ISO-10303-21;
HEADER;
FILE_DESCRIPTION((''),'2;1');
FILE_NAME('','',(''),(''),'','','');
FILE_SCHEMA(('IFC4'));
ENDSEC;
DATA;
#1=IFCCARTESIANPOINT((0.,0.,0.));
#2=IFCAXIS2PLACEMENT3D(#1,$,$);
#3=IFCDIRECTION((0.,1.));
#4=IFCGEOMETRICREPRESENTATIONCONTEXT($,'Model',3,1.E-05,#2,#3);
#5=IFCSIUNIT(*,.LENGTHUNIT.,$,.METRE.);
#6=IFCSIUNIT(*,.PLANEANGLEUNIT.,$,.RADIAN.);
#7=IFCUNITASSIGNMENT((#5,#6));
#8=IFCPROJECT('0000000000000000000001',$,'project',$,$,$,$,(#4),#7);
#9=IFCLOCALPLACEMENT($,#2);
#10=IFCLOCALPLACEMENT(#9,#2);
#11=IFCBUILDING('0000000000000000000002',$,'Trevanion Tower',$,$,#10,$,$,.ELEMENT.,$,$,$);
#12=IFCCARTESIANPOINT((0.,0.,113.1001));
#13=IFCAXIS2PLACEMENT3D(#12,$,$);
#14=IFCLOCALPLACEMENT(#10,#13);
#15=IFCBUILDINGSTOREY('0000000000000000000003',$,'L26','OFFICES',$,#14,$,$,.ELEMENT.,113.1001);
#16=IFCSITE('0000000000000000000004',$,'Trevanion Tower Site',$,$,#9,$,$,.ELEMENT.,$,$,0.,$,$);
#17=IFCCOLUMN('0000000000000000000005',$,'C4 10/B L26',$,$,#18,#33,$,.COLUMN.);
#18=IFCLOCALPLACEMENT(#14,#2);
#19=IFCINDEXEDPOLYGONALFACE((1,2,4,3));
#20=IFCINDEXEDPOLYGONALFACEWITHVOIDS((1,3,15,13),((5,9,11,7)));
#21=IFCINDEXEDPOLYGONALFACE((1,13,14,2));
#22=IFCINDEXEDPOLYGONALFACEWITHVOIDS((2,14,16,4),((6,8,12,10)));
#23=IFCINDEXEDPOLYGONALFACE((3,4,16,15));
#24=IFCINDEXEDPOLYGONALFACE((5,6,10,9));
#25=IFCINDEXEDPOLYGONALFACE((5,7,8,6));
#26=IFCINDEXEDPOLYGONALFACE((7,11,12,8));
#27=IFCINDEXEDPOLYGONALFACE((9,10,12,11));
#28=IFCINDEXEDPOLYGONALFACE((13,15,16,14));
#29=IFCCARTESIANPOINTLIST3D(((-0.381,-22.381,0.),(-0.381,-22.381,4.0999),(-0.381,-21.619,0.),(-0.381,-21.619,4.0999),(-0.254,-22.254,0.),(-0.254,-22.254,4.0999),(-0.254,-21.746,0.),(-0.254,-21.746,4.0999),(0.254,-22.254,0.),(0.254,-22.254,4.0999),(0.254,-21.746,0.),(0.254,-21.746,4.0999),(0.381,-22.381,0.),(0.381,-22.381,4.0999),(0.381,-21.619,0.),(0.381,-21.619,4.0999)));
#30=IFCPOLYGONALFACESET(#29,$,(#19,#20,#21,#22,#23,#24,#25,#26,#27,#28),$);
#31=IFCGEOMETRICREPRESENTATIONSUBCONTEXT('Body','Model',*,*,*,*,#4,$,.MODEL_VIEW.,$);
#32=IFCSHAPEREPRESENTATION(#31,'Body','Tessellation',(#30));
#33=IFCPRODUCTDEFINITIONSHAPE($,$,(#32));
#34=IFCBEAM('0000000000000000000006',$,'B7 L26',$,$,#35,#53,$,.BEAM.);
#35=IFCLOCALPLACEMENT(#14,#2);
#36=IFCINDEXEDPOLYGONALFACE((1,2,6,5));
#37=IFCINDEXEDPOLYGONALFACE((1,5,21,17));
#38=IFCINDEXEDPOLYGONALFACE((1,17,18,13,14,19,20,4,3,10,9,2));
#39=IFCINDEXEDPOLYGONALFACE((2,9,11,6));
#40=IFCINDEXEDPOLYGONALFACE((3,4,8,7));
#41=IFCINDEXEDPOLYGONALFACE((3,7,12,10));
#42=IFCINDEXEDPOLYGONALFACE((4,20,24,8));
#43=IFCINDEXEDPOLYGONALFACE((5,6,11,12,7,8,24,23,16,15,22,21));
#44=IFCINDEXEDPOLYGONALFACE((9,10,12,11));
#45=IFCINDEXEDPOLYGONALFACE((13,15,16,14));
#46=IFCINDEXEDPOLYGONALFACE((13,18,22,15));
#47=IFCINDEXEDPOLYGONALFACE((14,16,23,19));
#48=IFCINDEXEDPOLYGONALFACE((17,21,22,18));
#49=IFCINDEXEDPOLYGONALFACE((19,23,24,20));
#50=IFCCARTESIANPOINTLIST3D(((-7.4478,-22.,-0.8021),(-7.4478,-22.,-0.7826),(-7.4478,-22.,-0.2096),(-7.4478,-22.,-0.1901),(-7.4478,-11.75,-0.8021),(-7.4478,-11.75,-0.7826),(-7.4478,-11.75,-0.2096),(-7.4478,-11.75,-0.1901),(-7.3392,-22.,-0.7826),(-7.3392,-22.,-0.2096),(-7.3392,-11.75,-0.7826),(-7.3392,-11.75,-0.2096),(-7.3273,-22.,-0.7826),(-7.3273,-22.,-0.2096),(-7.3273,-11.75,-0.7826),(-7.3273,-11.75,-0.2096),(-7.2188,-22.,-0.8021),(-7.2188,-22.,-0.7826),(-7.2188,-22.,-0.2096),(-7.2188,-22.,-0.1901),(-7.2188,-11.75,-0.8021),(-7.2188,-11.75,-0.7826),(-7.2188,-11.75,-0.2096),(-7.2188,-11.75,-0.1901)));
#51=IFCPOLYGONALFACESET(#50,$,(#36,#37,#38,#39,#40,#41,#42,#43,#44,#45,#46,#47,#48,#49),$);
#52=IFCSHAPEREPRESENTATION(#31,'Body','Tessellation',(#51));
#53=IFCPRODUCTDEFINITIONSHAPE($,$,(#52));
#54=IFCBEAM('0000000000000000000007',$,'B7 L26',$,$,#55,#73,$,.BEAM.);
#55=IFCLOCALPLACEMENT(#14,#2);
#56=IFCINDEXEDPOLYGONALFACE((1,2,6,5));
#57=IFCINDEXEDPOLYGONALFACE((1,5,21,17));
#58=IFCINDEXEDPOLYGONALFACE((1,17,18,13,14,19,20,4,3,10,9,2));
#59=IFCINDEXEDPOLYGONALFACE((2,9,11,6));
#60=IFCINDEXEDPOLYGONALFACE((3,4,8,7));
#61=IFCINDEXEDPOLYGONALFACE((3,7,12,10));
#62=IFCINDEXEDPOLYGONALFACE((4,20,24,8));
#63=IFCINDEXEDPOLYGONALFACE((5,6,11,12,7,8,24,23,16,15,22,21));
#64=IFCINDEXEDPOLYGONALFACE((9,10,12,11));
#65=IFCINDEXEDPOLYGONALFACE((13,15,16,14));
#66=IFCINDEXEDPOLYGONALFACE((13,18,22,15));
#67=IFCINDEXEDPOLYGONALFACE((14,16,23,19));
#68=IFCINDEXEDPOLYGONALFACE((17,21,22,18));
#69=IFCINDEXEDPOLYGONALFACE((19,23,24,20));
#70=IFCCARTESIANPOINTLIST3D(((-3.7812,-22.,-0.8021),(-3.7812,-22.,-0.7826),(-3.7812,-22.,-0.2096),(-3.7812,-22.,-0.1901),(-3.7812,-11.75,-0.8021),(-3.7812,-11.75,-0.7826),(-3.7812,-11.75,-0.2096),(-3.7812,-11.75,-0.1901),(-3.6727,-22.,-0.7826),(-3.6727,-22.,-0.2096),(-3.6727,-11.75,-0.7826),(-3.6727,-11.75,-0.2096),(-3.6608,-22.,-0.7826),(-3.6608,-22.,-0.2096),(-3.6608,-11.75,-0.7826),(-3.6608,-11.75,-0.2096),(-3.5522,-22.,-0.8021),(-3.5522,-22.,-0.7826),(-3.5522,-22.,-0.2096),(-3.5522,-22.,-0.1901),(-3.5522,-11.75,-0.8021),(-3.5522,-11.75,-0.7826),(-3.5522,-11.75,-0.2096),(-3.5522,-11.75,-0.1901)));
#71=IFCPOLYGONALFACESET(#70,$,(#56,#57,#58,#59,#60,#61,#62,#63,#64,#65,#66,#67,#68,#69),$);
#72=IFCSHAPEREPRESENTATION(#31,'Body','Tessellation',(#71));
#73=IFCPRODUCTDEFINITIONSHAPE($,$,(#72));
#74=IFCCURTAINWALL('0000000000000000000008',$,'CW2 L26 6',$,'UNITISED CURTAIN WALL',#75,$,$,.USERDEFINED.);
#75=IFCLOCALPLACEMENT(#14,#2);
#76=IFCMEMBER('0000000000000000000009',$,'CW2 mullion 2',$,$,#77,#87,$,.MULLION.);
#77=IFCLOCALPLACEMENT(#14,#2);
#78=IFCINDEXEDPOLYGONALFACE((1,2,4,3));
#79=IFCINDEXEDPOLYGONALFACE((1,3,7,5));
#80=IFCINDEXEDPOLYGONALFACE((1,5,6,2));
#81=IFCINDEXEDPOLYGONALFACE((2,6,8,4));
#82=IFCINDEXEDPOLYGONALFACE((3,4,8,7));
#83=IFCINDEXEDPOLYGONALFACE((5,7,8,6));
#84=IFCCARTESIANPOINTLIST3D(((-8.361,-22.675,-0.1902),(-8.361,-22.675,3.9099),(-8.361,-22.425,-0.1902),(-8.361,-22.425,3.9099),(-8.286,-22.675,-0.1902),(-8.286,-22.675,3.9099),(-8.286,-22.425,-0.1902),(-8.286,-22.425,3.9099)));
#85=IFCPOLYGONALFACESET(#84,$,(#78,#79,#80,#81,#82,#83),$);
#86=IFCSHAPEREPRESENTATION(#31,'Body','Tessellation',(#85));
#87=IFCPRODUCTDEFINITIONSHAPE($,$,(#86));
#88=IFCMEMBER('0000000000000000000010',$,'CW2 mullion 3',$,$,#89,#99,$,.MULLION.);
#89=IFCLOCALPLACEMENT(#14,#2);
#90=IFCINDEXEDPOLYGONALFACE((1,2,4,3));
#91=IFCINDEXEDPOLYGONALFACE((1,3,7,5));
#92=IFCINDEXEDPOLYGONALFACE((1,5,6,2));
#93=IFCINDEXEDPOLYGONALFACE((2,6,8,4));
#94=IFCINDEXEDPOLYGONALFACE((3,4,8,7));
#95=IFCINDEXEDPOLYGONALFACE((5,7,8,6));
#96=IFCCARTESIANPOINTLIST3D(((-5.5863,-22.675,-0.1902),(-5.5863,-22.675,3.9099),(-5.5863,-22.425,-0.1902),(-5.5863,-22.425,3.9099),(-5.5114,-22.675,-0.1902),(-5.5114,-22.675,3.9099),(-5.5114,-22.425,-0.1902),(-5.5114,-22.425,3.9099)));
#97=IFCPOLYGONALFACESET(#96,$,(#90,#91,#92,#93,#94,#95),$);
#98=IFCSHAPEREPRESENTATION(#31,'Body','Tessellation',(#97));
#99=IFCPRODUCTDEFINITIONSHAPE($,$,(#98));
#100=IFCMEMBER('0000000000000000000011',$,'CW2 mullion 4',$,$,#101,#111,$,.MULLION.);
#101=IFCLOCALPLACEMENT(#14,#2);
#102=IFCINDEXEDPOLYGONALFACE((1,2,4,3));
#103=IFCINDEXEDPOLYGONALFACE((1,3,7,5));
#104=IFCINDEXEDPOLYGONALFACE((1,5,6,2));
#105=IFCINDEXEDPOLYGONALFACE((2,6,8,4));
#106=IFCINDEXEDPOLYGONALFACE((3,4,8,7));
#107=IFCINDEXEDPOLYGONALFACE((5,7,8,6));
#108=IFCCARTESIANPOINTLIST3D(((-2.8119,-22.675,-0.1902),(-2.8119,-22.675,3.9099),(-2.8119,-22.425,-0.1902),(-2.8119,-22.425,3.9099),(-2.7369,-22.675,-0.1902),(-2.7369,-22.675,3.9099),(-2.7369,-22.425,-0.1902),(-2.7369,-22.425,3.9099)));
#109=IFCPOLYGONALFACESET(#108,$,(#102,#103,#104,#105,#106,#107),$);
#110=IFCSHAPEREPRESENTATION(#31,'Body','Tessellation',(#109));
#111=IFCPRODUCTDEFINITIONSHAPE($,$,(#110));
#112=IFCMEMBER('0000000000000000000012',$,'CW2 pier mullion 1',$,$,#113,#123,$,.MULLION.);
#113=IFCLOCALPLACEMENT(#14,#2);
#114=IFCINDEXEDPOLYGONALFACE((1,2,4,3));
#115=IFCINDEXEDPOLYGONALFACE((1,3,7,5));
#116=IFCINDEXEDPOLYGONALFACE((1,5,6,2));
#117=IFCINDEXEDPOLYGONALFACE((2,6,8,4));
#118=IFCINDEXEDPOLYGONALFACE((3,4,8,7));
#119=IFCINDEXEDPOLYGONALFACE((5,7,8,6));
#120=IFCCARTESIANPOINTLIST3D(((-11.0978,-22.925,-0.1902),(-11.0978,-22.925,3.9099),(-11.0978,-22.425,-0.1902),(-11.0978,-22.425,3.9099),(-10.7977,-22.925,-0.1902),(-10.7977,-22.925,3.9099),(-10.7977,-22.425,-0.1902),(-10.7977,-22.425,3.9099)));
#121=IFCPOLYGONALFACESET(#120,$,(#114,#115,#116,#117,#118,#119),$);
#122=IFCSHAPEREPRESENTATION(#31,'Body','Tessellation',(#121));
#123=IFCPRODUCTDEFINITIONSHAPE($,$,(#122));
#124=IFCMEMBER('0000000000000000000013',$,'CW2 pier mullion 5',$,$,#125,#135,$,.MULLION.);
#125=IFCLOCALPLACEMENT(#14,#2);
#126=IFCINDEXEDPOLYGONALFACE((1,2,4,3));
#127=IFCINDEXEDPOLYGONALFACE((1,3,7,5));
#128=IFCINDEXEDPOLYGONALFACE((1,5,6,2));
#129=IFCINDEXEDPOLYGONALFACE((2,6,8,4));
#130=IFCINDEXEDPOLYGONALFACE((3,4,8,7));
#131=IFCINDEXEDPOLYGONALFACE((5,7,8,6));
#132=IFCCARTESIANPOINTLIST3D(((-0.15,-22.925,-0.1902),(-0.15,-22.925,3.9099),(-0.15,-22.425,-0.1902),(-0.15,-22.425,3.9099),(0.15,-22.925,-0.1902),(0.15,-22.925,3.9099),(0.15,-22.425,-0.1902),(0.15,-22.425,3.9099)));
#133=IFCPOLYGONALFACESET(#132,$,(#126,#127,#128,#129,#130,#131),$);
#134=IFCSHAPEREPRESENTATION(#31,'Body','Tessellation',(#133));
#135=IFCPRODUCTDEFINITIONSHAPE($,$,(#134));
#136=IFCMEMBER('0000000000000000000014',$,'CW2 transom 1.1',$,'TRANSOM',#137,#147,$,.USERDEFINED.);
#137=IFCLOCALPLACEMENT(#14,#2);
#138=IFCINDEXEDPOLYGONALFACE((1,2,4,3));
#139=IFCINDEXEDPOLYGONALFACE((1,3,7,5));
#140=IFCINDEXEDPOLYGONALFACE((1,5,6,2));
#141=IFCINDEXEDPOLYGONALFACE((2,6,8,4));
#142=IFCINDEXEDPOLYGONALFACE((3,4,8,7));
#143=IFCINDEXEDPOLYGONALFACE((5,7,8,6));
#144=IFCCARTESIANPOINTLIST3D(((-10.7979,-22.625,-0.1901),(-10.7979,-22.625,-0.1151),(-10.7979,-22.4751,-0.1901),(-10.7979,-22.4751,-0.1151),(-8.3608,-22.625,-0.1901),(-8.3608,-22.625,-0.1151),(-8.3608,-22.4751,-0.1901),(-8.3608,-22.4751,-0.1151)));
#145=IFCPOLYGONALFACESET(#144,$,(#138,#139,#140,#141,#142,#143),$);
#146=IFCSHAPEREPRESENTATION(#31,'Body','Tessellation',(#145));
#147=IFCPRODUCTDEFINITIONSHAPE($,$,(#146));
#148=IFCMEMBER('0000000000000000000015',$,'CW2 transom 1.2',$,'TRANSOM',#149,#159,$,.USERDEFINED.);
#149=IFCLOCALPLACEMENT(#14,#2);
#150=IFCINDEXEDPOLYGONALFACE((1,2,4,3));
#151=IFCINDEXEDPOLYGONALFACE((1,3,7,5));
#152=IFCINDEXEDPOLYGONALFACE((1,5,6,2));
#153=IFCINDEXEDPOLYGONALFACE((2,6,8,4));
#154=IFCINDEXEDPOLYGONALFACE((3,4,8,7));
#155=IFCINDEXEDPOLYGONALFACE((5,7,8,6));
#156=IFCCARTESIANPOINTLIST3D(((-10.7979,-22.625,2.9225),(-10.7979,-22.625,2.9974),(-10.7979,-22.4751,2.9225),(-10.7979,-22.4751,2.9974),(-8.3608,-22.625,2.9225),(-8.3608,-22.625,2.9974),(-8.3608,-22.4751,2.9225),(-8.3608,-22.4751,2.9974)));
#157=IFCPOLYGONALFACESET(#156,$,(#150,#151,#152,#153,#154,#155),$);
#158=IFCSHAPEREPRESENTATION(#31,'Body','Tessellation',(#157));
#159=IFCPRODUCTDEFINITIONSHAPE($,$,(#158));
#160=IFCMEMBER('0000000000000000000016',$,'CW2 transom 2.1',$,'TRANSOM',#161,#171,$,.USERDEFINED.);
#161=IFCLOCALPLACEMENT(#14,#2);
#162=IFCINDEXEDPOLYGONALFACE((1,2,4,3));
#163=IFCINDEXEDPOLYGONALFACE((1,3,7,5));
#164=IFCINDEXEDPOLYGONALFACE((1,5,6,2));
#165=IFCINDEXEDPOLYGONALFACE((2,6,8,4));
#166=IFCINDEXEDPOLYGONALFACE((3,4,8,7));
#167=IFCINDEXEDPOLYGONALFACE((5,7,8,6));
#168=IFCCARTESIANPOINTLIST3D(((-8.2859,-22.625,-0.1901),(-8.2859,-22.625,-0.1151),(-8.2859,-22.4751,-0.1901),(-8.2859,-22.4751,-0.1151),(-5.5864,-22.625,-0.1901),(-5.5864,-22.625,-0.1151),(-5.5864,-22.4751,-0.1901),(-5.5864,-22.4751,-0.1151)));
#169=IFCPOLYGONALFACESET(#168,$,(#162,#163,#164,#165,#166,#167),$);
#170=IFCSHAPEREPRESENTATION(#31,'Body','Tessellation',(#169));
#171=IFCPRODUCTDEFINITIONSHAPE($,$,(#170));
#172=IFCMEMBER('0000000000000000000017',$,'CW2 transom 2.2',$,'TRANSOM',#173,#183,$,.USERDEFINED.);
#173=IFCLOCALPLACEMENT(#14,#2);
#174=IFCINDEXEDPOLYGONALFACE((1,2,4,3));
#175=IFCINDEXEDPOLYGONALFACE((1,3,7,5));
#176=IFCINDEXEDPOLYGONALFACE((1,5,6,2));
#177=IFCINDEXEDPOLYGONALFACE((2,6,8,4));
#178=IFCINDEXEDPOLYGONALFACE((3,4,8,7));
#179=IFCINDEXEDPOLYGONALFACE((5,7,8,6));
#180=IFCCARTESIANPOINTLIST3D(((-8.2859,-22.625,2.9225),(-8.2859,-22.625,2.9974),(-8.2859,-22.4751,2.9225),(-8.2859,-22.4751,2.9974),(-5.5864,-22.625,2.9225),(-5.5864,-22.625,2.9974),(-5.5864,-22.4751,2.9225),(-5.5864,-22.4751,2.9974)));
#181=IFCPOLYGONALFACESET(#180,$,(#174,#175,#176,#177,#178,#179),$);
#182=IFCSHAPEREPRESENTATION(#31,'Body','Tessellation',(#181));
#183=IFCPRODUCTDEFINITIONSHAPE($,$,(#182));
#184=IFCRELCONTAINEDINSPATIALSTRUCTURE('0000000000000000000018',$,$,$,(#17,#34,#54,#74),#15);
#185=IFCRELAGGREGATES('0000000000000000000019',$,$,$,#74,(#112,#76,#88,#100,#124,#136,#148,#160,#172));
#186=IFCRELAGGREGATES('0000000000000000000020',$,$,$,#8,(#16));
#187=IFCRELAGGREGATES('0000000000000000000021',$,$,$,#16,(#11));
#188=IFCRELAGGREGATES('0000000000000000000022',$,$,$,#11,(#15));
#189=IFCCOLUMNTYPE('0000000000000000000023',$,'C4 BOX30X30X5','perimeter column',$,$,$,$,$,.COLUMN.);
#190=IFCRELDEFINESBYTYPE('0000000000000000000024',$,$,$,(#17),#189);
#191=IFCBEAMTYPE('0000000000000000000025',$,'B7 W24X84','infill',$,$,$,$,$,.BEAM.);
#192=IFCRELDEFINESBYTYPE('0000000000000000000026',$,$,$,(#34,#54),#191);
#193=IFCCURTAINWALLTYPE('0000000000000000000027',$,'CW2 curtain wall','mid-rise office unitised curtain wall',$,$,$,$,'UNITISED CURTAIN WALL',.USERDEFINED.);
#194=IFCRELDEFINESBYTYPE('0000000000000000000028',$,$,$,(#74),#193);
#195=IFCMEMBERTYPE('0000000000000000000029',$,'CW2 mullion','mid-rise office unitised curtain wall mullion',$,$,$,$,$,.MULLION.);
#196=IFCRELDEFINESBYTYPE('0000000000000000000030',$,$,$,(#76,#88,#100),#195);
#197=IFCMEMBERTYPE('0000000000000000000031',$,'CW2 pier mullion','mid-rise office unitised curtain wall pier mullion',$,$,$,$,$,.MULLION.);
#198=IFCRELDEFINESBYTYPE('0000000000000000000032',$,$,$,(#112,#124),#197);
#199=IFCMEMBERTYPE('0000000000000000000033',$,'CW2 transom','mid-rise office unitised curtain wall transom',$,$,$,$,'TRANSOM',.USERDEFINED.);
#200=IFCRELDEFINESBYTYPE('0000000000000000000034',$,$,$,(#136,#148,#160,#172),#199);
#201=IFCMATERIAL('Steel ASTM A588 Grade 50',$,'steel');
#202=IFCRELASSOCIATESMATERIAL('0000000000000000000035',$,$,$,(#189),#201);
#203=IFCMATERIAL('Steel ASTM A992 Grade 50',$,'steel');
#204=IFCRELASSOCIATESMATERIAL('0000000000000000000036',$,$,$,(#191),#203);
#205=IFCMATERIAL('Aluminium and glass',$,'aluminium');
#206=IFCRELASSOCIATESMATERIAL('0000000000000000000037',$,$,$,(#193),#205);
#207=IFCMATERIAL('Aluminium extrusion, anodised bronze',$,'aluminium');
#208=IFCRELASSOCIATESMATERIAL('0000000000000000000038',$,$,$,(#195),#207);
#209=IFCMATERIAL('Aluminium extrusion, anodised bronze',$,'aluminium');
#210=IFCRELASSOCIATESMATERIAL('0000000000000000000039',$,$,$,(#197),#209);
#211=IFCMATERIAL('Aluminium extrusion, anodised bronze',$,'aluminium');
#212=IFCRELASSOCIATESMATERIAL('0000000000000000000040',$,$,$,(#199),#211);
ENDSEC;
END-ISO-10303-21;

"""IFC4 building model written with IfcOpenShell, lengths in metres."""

from ifc_helpers import new_model, si_unit, direction, frame, origin, origin_2d, place, context, subcontext, project, spatial, rectangle, hollow_rectangle, i_section, extrude, material, material_profile, profile_set, type_object, element, aggregate, save


model = new_model("IFC4")

# Units and contexts
model_context = context("Model", 3, precision=1e-05, world=origin(), true_north=direction((0.0, 1.0)))
body_context = subcontext(model_context, "Body", "Model", "MODEL_VIEW")
ifc_project = project(units=[si_unit("LENGTHUNIT", "METRE"), si_unit("PLANEANGLEUNIT", "RADIAN")], contexts=[model_context])

# Site, building, storey
site_placement = place(None, origin())
site = spatial("IfcSite", under=ifc_project, at=site_placement, Name="Trevanion Tower Site", CompositionType="ELEMENT", RefElevation=0.0)
building_placement = place(site_placement, origin())
building = spatial("IfcBuilding", under=site, at=building_placement, Name="Trevanion Tower", CompositionType="ELEMENT")
storey_placement = place(building_placement, frame((0.0, 0.0, 113.1001)))
storey = spatial("IfcBuildingStorey", under=building, at=storey_placement, Name="L26", Description="OFFICES", CompositionType="ELEMENT", Elevation=113.1001)

# Column
ifc_material_1 = material(Name="Steel ASTM A588 Grade 50", Category="steel")
ifc_material_profile_1 = material_profile(ifc_material_1, hollow_rectangle(XDim=0.762, YDim=0.762, WallThickness=0.127, at=origin_2d()), Name="BOX30X30X5")
ifc_profile_set_1 = profile_set([ifc_material_profile_1], Name="Steel ASTM A588 Grade 50")
column_type = type_object("IfcColumnType", Name="C4 BOX30X30X5", Description="perimeter column", PredefinedType="COLUMN", material=ifc_profile_set_1)
column_placement = place(storey_placement, frame((0.0, -22.0, 0.0), z_axis=(0.0, 0.0, 1.0), x_axis=(1.0, 0.0, 0.0)))
element("IfcColumn", 1, at=column_placement, inside=storey, type_object=column_type, Name="C4 10/B L26", PredefinedType="COLUMN", context=body_context, shape_type="SweptSolid", body=[
    extrude(hollow_rectangle(XDim=0.762, YDim=0.762, WallThickness=0.127, at=origin_2d()), origin(), (0.0, 0.0, 1.0), 4.0999),
])

# Beams
ifc_material_2 = material(Name="Steel ASTM A992 Grade 50", Category="steel")
ifc_material_profile_2 = material_profile(ifc_material_2, i_section(OverallWidth=0.229, OverallDepth=0.6121, WebThickness=0.012, FlangeThickness=0.0195, at=origin_2d()), Name="W24X84")
ifc_profile_set_2 = profile_set([ifc_material_profile_2], Name="Steel ASTM A992 Grade 50")
beam_type_1 = type_object("IfcBeamType", Name="B7 W24X84", Description="infill", PredefinedType="BEAM", material=ifc_profile_set_2)
for number, where, z_axis, x_axis, name in (
    (2, (-7.3333, -11.75, -0.4961), (0.0, -1.0, 0.0), (1.0, 0.0, 0.0), "B7 L26"),
    (3, (-3.6667, -11.75, -0.4961), (0.0, -1.0, 0.0), (1.0, 0.0, 0.0), "B7 L26"),
):
    element("IfcBeam", number, at=place(storey_placement, frame(where, z_axis=z_axis, x_axis=x_axis)), inside=storey, type_object=beam_type_1, Name=name, PredefinedType="BEAM", context=body_context, shape_type="SweptSolid", body=[
        extrude(i_section(OverallWidth=0.229, OverallDepth=0.6121, WebThickness=0.012, FlangeThickness=0.0195, at=origin_2d()), origin(), (0.0, 0.0, 1.0), 10.25),
    ])

# Curtain wall, members
ifc_material_3 = material(Name="Aluminium and glass", Category="aluminium")
curtain_wall_type = type_object("IfcCurtainWallType", Name="CW2 curtain wall", Description="mid-rise office unitised curtain wall", ElementType="UNITISED CURTAIN WALL", PredefinedType="USERDEFINED", material=ifc_material_3)
curtain_wall_placement = place(storey_placement, origin())
curtain_wall = element("IfcCurtainWall", 4, at=curtain_wall_placement, inside=storey, type_object=curtain_wall_type, Name="CW2 L26 6", ObjectType="UNITISED CURTAIN WALL", PredefinedType="USERDEFINED")
ifc_material_4 = material(Name="Aluminium extrusion, anodised bronze", Category="aluminium")
ifc_material_profile_3 = material_profile(ifc_material_4, rectangle(XDim=0.075, YDim=0.25, at=origin_2d()), Name="CW2 mullion")
ifc_profile_set_3 = profile_set([ifc_material_profile_3], Name="Aluminium extrusion, anodised bronze")
member_type_1 = type_object("IfcMemberType", Name="CW2 mullion", Description="mid-rise office unitised curtain wall mullion", PredefinedType="MULLION", material=ifc_profile_set_3)
member_1_placement = place(storey_placement, frame((-8.3235, -22.55, -0.1902), z_axis=(0.0, 0.0, 1.0), x_axis=(1.0, 0.0, 0.0)))
member_1 = element("IfcMember", 5, at=member_1_placement, type_object=member_type_1, Name="CW2 mullion 2", PredefinedType="MULLION", context=body_context, shape_type="SweptSolid", body=[
    extrude(rectangle(XDim=0.075, YDim=0.25, at=origin_2d()), origin(), (0.0, 0.0, 1.0), 4.1001),
])
member_2_placement = place(storey_placement, frame((-5.5488, -22.55, -0.1902), z_axis=(0.0, 0.0, 1.0), x_axis=(1.0, 0.0, 0.0)))
member_2 = element("IfcMember", 6, at=member_2_placement, type_object=member_type_1, Name="CW2 mullion 3", PredefinedType="MULLION", context=body_context, shape_type="SweptSolid", body=[
    extrude(rectangle(XDim=0.075, YDim=0.25, at=origin_2d()), origin(), (0.0, 0.0, 1.0), 4.1001),
])
member_3_placement = place(storey_placement, frame((-2.7744, -22.55, -0.1902), z_axis=(0.0, 0.0, 1.0), x_axis=(1.0, 0.0, 0.0)))
member_3 = element("IfcMember", 7, at=member_3_placement, type_object=member_type_1, Name="CW2 mullion 4", PredefinedType="MULLION", context=body_context, shape_type="SweptSolid", body=[
    extrude(rectangle(XDim=0.075, YDim=0.25, at=origin_2d()), origin(), (0.0, 0.0, 1.0), 4.1001),
])
ifc_material_5 = material(Name="Aluminium extrusion, anodised bronze", Category="aluminium")
ifc_material_profile_4 = material_profile(ifc_material_5, rectangle(XDim=0.3, YDim=0.5, at=origin_2d()), Name="CW2 pier mullion")
ifc_profile_set_4 = profile_set([ifc_material_profile_4], Name="Aluminium extrusion, anodised bronze")
member_type_2 = type_object("IfcMemberType", Name="CW2 pier mullion", Description="mid-rise office unitised curtain wall pier mullion", PredefinedType="MULLION", material=ifc_profile_set_4)
member_4_placement = place(storey_placement, frame((-10.9478, -22.675, -0.1902), z_axis=(0.0, 0.0, 1.0), x_axis=(1.0, 0.0, 0.0)))
member_4 = element("IfcMember", 8, at=member_4_placement, type_object=member_type_2, Name="CW2 pier mullion 1", PredefinedType="MULLION", context=body_context, shape_type="SweptSolid", body=[
    extrude(rectangle(XDim=0.3, YDim=0.5, at=origin_2d()), origin(), (0.0, 0.0, 1.0), 4.1001),
])
member_5_placement = place(storey_placement, frame((0.0, -22.675, -0.1902), z_axis=(0.0, 0.0, 1.0), x_axis=(1.0, 0.0, 0.0)))
member_5 = element("IfcMember", 9, at=member_5_placement, type_object=member_type_2, Name="CW2 pier mullion 5", PredefinedType="MULLION", context=body_context, shape_type="SweptSolid", body=[
    extrude(rectangle(XDim=0.3, YDim=0.5, at=origin_2d()), origin(), (0.0, 0.0, 1.0), 4.1001),
])
ifc_material_6 = material(Name="Aluminium extrusion, anodised bronze", Category="aluminium")
ifc_material_profile_5 = material_profile(ifc_material_6, rectangle(XDim=0.1499, YDim=0.075, at=origin_2d()), Name="CW2 transom")
ifc_profile_set_5 = profile_set([ifc_material_profile_5], Name="Aluminium extrusion, anodised bronze")
member_type_3 = type_object("IfcMemberType", Name="CW2 transom", Description="mid-rise office unitised curtain wall transom", ElementType="TRANSOM", PredefinedType="USERDEFINED", material=ifc_profile_set_5)
member_6_placement = place(storey_placement, frame((-10.7979, -22.55, -0.1526), z_axis=(1.0, 0.0, 0.0), x_axis=(0.0, 1.0, 0.0)))
member_6 = element("IfcMember", 10, at=member_6_placement, type_object=member_type_3, Name="CW2 transom 1.1", ObjectType="TRANSOM", PredefinedType="USERDEFINED", context=body_context, shape_type="SweptSolid", body=[
    extrude(rectangle(XDim=0.1499, YDim=0.075, at=origin_2d()), origin(), (0.0, 0.0, 1.0), 2.437),
])
member_7_placement = place(storey_placement, frame((-10.7979, -22.55, 2.96), z_axis=(1.0, 0.0, 0.0), x_axis=(0.0, 1.0, 0.0)))
member_7 = element("IfcMember", 11, at=member_7_placement, type_object=member_type_3, Name="CW2 transom 1.2", ObjectType="TRANSOM", PredefinedType="USERDEFINED", context=body_context, shape_type="SweptSolid", body=[
    extrude(rectangle(XDim=0.1499, YDim=0.075, at=origin_2d()), origin(), (0.0, 0.0, 1.0), 2.437),
])
member_8_placement = place(storey_placement, frame((-8.2859, -22.55, -0.1526), z_axis=(1.0, 0.0, 0.0), x_axis=(0.0, 1.0, 0.0)))
member_8 = element("IfcMember", 12, at=member_8_placement, type_object=member_type_3, Name="CW2 transom 2.1", ObjectType="TRANSOM", PredefinedType="USERDEFINED", context=body_context, shape_type="SweptSolid", body=[
    extrude(rectangle(XDim=0.1499, YDim=0.075, at=origin_2d()), origin(), (0.0, 0.0, 1.0), 2.6995),
])
member_9_placement = place(storey_placement, frame((-8.2859, -22.55, 2.96), z_axis=(1.0, 0.0, 0.0), x_axis=(0.0, 1.0, 0.0)))
member_9 = element("IfcMember", 13, at=member_9_placement, type_object=member_type_3, Name="CW2 transom 2.2", ObjectType="TRANSOM", PredefinedType="USERDEFINED", context=body_context, shape_type="SweptSolid", body=[
    extrude(rectangle(XDim=0.1499, YDim=0.075, at=origin_2d()), origin(), (0.0, 0.0, 1.0), 2.6995),
])

aggregate(curtain_wall, [member_4, member_1, member_2, member_3, member_5, member_6, member_7, member_8, member_9])

save(model, "model.ifc")
